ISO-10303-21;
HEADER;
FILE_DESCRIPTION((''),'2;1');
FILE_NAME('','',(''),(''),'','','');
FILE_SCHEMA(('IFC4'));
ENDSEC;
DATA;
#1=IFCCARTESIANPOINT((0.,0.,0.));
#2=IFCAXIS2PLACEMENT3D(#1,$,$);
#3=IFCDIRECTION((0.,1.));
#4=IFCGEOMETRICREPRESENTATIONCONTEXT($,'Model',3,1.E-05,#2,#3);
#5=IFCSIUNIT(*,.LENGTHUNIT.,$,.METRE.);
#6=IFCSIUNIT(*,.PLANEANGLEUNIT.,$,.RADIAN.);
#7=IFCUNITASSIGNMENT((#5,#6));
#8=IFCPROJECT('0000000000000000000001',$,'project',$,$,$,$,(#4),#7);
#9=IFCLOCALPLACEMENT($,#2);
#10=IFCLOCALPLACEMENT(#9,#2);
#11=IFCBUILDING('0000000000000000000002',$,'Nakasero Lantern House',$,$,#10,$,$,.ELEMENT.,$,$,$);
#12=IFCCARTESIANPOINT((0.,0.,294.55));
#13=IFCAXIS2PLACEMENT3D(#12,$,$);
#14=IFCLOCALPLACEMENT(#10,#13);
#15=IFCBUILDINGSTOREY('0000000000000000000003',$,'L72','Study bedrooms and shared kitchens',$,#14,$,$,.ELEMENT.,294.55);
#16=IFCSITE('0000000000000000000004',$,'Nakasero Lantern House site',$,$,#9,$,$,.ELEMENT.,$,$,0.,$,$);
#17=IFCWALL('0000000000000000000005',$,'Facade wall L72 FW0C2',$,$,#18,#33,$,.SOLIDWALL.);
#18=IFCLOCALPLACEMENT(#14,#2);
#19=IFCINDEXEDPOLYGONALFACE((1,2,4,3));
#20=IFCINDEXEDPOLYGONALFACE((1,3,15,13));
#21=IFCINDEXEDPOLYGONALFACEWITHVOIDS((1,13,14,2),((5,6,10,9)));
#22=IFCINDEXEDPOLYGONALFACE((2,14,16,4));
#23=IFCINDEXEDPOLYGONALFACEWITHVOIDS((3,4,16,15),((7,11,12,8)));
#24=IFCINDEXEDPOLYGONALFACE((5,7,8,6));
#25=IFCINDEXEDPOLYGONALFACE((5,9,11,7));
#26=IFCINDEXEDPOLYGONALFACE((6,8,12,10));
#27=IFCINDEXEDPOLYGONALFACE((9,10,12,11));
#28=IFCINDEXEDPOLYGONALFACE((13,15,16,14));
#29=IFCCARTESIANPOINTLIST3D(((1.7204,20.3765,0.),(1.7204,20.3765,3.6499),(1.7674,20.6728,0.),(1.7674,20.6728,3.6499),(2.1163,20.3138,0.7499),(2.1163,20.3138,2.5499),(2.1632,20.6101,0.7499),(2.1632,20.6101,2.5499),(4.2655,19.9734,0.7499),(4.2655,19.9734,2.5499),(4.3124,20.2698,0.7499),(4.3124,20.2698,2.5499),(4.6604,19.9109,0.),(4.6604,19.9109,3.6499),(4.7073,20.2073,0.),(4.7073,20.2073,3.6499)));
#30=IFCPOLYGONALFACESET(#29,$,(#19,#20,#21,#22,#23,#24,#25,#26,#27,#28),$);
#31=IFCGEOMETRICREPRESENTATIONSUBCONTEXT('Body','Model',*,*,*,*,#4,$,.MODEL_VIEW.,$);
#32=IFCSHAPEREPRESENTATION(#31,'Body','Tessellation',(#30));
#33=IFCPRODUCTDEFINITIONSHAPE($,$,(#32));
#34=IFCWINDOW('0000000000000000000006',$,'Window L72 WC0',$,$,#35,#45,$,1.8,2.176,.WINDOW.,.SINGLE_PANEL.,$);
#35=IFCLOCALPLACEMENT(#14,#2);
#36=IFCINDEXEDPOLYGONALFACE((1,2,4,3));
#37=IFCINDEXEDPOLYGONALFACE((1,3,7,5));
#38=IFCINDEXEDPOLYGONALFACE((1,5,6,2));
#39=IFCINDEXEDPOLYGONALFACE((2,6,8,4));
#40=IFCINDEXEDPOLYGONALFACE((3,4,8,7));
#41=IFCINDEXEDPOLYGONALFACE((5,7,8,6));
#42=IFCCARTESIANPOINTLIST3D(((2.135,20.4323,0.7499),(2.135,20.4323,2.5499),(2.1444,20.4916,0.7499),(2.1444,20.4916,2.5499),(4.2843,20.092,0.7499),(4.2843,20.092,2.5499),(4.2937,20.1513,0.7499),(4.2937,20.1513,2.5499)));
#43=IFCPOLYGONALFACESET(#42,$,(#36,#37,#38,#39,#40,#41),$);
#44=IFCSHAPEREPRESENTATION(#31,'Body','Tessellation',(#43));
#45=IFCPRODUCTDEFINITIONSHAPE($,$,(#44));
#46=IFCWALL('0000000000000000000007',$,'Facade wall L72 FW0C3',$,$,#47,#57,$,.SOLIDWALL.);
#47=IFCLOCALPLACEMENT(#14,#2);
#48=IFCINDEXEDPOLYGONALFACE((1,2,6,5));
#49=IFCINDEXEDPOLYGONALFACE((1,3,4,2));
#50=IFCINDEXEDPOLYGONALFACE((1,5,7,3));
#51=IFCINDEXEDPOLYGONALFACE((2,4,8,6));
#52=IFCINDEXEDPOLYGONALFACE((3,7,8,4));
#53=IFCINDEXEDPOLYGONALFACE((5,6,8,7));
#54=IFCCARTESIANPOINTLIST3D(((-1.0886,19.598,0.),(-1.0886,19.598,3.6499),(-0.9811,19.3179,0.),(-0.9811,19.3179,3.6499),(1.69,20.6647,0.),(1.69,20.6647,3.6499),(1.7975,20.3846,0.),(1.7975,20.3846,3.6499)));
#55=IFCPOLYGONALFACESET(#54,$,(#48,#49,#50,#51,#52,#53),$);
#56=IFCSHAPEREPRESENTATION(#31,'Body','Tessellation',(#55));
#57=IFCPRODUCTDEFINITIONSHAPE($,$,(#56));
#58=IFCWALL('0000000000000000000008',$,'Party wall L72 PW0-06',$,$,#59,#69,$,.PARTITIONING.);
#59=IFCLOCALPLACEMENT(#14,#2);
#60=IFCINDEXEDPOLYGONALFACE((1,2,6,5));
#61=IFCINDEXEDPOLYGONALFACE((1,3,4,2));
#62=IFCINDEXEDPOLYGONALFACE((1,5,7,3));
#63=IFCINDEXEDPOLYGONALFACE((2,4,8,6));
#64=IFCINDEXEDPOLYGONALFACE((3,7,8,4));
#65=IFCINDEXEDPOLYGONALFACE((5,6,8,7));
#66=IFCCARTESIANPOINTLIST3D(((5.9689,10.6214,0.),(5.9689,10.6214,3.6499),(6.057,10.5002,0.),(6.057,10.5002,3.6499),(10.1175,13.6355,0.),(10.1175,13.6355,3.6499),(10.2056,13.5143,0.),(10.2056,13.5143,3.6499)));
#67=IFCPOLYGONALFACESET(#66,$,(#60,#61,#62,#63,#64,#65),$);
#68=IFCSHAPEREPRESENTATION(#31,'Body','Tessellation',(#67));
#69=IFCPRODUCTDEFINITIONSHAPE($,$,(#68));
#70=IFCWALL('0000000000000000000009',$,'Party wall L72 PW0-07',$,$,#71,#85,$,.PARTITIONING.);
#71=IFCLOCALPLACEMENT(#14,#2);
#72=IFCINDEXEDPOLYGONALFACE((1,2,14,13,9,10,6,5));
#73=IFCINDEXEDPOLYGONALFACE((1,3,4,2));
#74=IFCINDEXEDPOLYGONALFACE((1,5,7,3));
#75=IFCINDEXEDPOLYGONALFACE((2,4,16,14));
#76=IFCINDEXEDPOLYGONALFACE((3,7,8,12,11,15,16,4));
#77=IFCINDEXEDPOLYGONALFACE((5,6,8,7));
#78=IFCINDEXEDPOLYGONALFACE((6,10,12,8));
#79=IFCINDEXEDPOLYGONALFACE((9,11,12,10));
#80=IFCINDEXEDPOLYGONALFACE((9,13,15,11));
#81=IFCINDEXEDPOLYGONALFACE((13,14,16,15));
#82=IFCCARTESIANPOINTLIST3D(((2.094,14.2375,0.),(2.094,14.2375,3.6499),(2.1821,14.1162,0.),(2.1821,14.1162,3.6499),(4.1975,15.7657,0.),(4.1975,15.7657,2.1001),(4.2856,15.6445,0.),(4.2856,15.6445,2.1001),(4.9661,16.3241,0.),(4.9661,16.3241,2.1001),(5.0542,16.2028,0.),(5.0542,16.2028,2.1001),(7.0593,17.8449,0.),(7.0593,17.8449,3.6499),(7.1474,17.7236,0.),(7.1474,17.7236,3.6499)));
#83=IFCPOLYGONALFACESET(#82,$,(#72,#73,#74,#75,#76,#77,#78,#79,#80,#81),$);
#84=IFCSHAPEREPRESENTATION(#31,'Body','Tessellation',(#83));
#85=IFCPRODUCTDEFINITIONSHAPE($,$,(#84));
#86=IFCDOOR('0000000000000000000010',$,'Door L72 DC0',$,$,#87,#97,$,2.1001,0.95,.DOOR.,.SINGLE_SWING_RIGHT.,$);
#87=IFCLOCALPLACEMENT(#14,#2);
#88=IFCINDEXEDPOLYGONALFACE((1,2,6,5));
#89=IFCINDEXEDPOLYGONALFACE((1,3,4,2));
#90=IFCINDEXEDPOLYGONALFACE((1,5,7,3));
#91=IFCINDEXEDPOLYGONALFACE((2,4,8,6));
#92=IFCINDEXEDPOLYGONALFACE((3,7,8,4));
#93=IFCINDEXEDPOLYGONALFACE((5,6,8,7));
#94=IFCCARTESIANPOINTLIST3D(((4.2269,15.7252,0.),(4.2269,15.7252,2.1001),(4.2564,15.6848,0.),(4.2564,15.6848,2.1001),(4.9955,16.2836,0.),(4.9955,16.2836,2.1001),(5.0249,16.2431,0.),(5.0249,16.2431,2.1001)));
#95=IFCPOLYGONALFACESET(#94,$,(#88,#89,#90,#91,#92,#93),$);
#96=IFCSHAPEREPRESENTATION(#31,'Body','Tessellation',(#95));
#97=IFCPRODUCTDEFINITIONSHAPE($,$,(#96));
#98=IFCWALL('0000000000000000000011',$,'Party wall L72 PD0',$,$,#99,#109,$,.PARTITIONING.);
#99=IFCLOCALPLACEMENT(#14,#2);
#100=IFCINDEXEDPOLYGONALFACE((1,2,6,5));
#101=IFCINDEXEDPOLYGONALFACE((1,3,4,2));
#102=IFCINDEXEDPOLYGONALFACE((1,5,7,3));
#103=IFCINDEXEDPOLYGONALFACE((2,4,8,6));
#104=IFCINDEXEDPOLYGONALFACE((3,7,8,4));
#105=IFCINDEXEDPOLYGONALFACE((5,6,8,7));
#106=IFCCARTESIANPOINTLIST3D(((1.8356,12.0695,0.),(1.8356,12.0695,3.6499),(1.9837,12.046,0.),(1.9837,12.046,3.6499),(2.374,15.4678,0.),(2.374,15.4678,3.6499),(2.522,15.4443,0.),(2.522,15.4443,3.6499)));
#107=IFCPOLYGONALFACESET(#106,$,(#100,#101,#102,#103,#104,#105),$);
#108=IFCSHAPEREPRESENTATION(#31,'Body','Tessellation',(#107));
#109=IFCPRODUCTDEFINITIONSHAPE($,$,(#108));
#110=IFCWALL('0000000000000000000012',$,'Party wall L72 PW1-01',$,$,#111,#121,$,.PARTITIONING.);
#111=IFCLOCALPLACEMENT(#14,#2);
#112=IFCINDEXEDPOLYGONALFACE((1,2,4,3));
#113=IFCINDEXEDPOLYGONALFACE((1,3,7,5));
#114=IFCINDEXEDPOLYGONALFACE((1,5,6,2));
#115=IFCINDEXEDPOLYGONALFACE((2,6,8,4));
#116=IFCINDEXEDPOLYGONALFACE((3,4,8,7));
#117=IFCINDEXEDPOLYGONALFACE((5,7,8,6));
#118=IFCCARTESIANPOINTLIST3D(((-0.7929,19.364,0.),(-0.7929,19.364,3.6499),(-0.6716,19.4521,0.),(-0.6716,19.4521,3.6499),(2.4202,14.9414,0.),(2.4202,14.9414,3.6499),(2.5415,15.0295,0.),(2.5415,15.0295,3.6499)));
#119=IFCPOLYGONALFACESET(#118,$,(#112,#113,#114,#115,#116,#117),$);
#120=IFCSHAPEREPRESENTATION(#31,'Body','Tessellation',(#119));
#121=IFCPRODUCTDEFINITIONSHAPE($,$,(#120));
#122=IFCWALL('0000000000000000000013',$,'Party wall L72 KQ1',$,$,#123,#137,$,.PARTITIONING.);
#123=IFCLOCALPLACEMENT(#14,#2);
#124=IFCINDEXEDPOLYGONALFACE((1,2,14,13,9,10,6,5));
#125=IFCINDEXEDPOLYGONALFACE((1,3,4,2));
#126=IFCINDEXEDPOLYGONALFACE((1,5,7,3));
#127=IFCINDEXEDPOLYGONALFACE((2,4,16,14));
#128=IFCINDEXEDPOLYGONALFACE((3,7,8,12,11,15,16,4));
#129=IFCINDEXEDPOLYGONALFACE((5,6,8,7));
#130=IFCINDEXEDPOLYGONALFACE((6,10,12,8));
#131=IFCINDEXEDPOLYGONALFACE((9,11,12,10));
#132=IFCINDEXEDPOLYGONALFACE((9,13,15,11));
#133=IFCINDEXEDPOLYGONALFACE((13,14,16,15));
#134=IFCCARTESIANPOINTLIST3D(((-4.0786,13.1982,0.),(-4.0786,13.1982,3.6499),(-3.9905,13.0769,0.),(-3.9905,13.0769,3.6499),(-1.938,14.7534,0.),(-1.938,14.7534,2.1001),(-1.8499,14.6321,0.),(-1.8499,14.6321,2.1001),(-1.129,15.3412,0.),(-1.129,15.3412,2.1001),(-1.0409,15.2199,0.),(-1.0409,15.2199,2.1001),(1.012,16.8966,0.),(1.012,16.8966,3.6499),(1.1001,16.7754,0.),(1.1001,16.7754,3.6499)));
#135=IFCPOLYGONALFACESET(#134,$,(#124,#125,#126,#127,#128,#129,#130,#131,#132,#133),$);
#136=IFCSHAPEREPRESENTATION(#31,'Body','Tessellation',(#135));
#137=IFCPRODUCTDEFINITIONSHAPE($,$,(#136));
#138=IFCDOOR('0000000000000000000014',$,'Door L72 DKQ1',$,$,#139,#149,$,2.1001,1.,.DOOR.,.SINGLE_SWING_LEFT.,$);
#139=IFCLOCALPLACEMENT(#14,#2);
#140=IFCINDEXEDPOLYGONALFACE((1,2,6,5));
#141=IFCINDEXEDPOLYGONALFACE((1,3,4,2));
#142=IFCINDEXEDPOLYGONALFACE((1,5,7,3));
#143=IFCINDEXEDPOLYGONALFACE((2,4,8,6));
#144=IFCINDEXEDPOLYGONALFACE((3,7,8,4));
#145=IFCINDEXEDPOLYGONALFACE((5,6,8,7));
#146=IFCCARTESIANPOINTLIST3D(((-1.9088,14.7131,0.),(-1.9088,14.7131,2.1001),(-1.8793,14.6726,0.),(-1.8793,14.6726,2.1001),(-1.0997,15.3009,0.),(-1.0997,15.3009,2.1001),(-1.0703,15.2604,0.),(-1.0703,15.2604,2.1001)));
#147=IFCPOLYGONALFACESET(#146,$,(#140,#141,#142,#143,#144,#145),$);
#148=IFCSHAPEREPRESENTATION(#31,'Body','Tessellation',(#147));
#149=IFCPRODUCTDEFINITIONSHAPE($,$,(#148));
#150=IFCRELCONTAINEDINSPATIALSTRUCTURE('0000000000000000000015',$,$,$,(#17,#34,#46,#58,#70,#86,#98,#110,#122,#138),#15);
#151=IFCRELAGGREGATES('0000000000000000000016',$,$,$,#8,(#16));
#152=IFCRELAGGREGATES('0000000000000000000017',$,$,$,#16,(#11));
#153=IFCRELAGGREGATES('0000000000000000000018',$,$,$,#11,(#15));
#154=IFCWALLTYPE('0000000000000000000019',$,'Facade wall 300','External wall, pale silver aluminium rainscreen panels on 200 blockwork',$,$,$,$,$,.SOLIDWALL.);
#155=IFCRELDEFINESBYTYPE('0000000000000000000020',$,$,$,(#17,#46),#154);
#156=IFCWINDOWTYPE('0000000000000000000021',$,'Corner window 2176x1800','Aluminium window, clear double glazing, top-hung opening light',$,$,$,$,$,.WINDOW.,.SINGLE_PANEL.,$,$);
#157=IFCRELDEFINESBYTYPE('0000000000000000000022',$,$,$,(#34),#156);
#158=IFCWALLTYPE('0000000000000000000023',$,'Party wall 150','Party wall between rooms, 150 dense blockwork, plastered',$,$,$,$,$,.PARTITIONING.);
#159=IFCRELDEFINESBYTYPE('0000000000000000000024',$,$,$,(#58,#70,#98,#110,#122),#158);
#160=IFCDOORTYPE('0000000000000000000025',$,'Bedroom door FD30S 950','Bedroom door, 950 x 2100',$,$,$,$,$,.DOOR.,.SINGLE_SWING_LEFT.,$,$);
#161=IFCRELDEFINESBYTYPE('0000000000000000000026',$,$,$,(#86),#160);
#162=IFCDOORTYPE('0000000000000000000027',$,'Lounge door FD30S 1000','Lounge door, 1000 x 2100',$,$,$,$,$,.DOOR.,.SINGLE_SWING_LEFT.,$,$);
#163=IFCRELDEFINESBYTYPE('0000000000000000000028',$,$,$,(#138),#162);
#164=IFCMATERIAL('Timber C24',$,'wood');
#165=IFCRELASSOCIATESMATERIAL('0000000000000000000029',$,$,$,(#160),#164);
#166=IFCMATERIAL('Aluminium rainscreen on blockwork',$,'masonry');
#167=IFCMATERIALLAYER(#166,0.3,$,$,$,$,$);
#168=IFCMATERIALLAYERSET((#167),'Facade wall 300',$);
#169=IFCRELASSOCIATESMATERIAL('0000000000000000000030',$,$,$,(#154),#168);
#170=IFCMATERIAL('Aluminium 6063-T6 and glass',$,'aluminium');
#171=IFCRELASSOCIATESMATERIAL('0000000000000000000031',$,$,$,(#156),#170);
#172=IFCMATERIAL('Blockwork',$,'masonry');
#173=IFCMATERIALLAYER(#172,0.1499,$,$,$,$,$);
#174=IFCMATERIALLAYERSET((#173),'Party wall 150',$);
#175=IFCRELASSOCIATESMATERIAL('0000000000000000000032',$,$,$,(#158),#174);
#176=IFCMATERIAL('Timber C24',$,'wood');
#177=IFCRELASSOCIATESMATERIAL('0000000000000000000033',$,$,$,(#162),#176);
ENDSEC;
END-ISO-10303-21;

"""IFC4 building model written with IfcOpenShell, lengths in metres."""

from ifc_helpers import new_model, si_unit, direction, frame, frame_2d, origin, place, context, subcontext, project, spatial, rectangle, extrude, material, layer, layer_set, type_object, element, fill, save


model = new_model("IFC4")

# Units and contexts
model_context = context("Model", 3, precision=1e-05, world=origin(), true_north=direction((0.0, 1.0)))
body_context = subcontext(model_context, "Body", "Model", "MODEL_VIEW")
ifc_project = project(units=[si_unit("LENGTHUNIT", "METRE"), si_unit("PLANEANGLEUNIT", "RADIAN")], contexts=[model_context])

# Site, building, storey
site_placement = place(None, origin())
site = spatial("IfcSite", under=ifc_project, at=site_placement, Name="Nakasero Lantern House site", CompositionType="ELEMENT", RefElevation=0.0)
building_placement = place(site_placement, origin())
building = spatial("IfcBuilding", under=site, at=building_placement, Name="Nakasero Lantern House", CompositionType="ELEMENT")
storey_placement = place(building_placement, frame((0.0, 0.0, 294.55)))
storey = spatial("IfcBuildingStorey", under=building, at=storey_placement, Name="L72", Description="Study bedrooms and shared kitchens", CompositionType="ELEMENT", Elevation=294.55)

# Shared definitions
ifc_material_1 = material(Name="Timber C24", Category="wood")
door_type_1 = type_object("IfcDoorType", Name="Bedroom door FD30S 950", Description="Bedroom door, 950 x 2100", OperationType="SINGLE_SWING_LEFT", PredefinedType="DOOR", material=ifc_material_1)

# Wall, opening, window
ifc_material_2 = material(Name="Aluminium rainscreen on blockwork", Category="masonry")
ifc_layer_1 = layer(ifc_material_2, 0.3)
ifc_layer_set_1 = layer_set([ifc_layer_1], Name="Facade wall 300")
wall_type_1 = type_object("IfcWallType", Name="Facade wall 300", Description="External wall, pale silver aluminium rainscreen panels on 200 blockwork", PredefinedType="SOLIDWALL", material=ifc_layer_set_1)
wall_1_placement = place(storey_placement, frame((4.6838, 20.0591, 0.0), z_axis=(0.0, 0.0, 1.0), x_axis=(-0.987692, 0.156413, 0.0)))
wall_1 = element("IfcWall", 1, at=wall_1_placement, inside=storey, type_object=wall_type_1, Name="Facade wall L72 FW0C2", PredefinedType="SOLIDWALL", context=body_context, shape_type="SweptSolid", body=[
    extrude(rectangle(XDim=2.9766, YDim=0.3, at=frame_2d((1.4883, 0.0))), origin(), (0.0, 0.0, 1.0), 3.6499),
])
opening_1_placement = place(wall_1_placement, frame((0.3999, 0.0, 0.75)))
opening_1 = element("IfcOpeningElement", 2, at=opening_1_placement, cuts=wall_1, PredefinedType="OPENING", context=body_context, shape_type="SweptSolid", body=[
    extrude(rectangle(XDim=2.176, YDim=1.8, at=frame_2d((1.0879, 0.8999))), frame((0.0, 0.1699, 0.0), z_axis=(0.0, -1.0, 0.0), x_axis=(1.0, 0.0, 0.0)), (0.0, 0.0, 1.0), 0.3401),
])
ifc_material_3 = material(Name="Aluminium 6063-T6 and glass", Category="aluminium")
window_type = type_object("IfcWindowType", Name="Corner window 2176x1800", Description="Aluminium window, clear double glazing, top-hung opening light", PartitioningType="SINGLE_PANEL", PredefinedType="WINDOW", material=ifc_material_3)
window_placement = place(opening_1_placement, origin())
window = element("IfcWindow", 3, at=window_placement, inside=storey, type_object=window_type, Name="Window L72 WC0", OverallHeight=1.8, OverallWidth=2.176, PartitioningType="SINGLE_PANEL", PredefinedType="WINDOW", context=body_context, shape_type="SweptSolid", body=[
    extrude(rectangle(XDim=2.176, YDim=1.8, at=frame_2d((1.0879, 0.8999))), frame((0.0, 0.03, 0.0), z_axis=(0.0, -1.0, 0.0), x_axis=(1.0, 0.0, 0.0)), (0.0, 0.0, 1.0), 0.0601),
])
fill(opening_1, window)

# Walls
wall_2_placement = place(storey_placement, frame((1.7439, 20.5247, 0.0), z_axis=(0.0, 0.0, 1.0), x_axis=(-0.933574, -0.358385, 0.0)))
element("IfcWall", 4, at=wall_2_placement, inside=storey, type_object=wall_type_1, Name="Facade wall L72 FW0C3", PredefinedType="SOLIDWALL", context=body_context, shape_type="SweptSolid", body=[
    extrude(rectangle(XDim=2.9763, YDim=0.3, at=frame_2d((1.4883, 0.0))), origin(), (0.0, 0.0, 1.0), 3.6499),
])
ifc_material_4 = material(Name="Blockwork", Category="masonry")
ifc_layer_2 = layer(ifc_material_4, 0.1499)
ifc_layer_set_2 = layer_set([ifc_layer_2], Name="Party wall 150")
wall_type_2 = type_object("IfcWallType", Name="Party wall 150", Description="Party wall between rooms, 150 dense blockwork, plastered", PredefinedType="PARTITIONING", material=ifc_layer_set_2)
wall_3_placement = place(storey_placement, frame((6.0129, 10.5608, 0.0), z_axis=(0.0, 0.0, 1.0), x_axis=(0.80902, 0.587781, 0.0)))
element("IfcWall", 5, at=wall_3_placement, inside=storey, type_object=wall_type_2, Name="Party wall L72 PW0-06", PredefinedType="PARTITIONING", context=body_context, shape_type="SweptSolid", body=[
    extrude(rectangle(XDim=5.1279, YDim=0.1499, at=frame_2d((2.564, 0.0))), origin(), (0.0, 0.0, 1.0), 3.6499),
])

# Wall, opening, door
wall_4_placement = place(storey_placement, frame((2.1379, 14.1768, 0.0), z_axis=(0.0, 0.0, 1.0), x_axis=(0.809025, 0.587774, 0.0)))
wall_4 = element("IfcWall", 6, at=wall_4_placement, inside=storey, type_object=wall_type_2, Name="Party wall L72 PW0-07", PredefinedType="PARTITIONING", context=body_context, shape_type="SweptSolid", body=[
    extrude(rectangle(XDim=6.1375, YDim=0.1499, at=frame_2d((3.0688, 0.0))), origin(), (0.0, 0.0, 1.0), 3.6499),
])
opening_2_placement = place(wall_4_placement, frame((2.6001, 0.0, 0.0)))
opening_2 = element("IfcOpeningElement", 7, at=opening_2_placement, cuts=wall_4, PredefinedType="OPENING", context=body_context, shape_type="SweptSolid", body=[
    extrude(rectangle(XDim=0.95, YDim=2.1001, at=frame_2d((0.4751, 1.05))), frame((0.0, 0.095, 0.0), z_axis=(0.0, -1.0, 0.0), x_axis=(1.0, 0.0, 0.0)), (0.0, 0.0, 1.0), 0.1899),
])
door_1_placement = place(opening_2_placement, origin())
door_1 = element("IfcDoor", 8, at=door_1_placement, inside=storey, type_object=door_type_1, Name="Door L72 DC0", OperationType="SINGLE_SWING_RIGHT", OverallHeight=2.1001, OverallWidth=0.95, PredefinedType="DOOR", context=body_context, shape_type="SweptSolid", body=[
    extrude(rectangle(XDim=0.95, YDim=2.1001, at=frame_2d((0.4751, 1.05))), frame((0.0, 0.0249, 0.0), z_axis=(0.0, -1.0, 0.0), x_axis=(1.0, 0.0, 0.0)), (0.0, 0.0, 1.0), 0.05),
])
fill(opening_2, door_1)

# Walls
wall_5_placement = place(storey_placement, frame((1.9097, 12.0579, 0.0), z_axis=(0.0, 0.0, 1.0), x_axis=(0.156465, 0.987683, 0.0)))
element("IfcWall", 9, at=wall_5_placement, inside=storey, type_object=wall_type_2, Name="Party wall L72 PD0", PredefinedType="PARTITIONING", context=body_context, shape_type="SweptSolid", body=[
    extrude(rectangle(XDim=3.4407, YDim=0.1499, at=frame_2d((1.7202, 0.0))), origin(), (0.0, 0.0, 1.0), 3.6499),
])
wall_6_placement = place(storey_placement, frame((2.481, 14.9854, 0.0), z_axis=(0.0, 0.0, 1.0), x_axis=(-0.587776, 0.809024, 0.0)))
element("IfcWall", 10, at=wall_6_placement, inside=storey, type_object=wall_type_2, Name="Party wall L72 PW1-01", PredefinedType="PARTITIONING", context=body_context, shape_type="SweptSolid", body=[
    extrude(rectangle(XDim=5.4666, YDim=0.1499, at=frame_2d((2.7334, 0.0))), origin(), (0.0, 0.0, 1.0), 3.6499),
])

# Wall, opening, door
wall_7_placement = place(storey_placement, frame((1.0559, 16.8359, 0.0), z_axis=(0.0, 0.0, 1.0), x_axis=(-0.80902, -0.587782, 0.0)))
wall_7 = element("IfcWall", 11, at=wall_7_placement, inside=storey, type_object=wall_type_2, Name="Party wall L72 KQ1", PredefinedType="PARTITIONING", context=body_context, shape_type="SweptSolid", body=[
    extrude(rectangle(XDim=6.2922, YDim=0.1499, at=frame_2d((3.146, 0.0))), origin(), (0.0, 0.0, 1.0), 3.6499),
])
opening_3_placement = place(wall_7_placement, frame((2.6462, 0.0, 0.0)))
opening_3 = element("IfcOpeningElement", 12, at=opening_3_placement, cuts=wall_7, PredefinedType="OPENING", context=body_context, shape_type="SweptSolid", body=[
    extrude(rectangle(XDim=1.0, YDim=2.1001, at=frame_2d((0.5, 1.05))), frame((0.0, 0.095, 0.0), z_axis=(0.0, -1.0, 0.0), x_axis=(1.0, 0.0, 0.0)), (0.0, 0.0, 1.0), 0.1899),
])
ifc_material_5 = material(Name="Timber C24", Category="wood")
door_type_2 = type_object("IfcDoorType", Name="Lounge door FD30S 1000", Description="Lounge door, 1000 x 2100", OperationType="SINGLE_SWING_LEFT", PredefinedType="DOOR", material=ifc_material_5)
door_2_placement = place(opening_3_placement, origin())
door_2 = element("IfcDoor", 13, at=door_2_placement, inside=storey, type_object=door_type_2, Name="Door L72 DKQ1", OperationType="SINGLE_SWING_LEFT", OverallHeight=2.1001, OverallWidth=1.0, PredefinedType="DOOR", context=body_context, shape_type="SweptSolid", body=[
    extrude(rectangle(XDim=1.0, YDim=2.1001, at=frame_2d((0.5, 1.05))), frame((0.0, 0.0249, 0.0), z_axis=(0.0, -1.0, 0.0), x_axis=(1.0, 0.0, 0.0)), (0.0, 0.0, 1.0), 0.05),
])
fill(opening_3, door_2)

save(model, "model.ifc")
